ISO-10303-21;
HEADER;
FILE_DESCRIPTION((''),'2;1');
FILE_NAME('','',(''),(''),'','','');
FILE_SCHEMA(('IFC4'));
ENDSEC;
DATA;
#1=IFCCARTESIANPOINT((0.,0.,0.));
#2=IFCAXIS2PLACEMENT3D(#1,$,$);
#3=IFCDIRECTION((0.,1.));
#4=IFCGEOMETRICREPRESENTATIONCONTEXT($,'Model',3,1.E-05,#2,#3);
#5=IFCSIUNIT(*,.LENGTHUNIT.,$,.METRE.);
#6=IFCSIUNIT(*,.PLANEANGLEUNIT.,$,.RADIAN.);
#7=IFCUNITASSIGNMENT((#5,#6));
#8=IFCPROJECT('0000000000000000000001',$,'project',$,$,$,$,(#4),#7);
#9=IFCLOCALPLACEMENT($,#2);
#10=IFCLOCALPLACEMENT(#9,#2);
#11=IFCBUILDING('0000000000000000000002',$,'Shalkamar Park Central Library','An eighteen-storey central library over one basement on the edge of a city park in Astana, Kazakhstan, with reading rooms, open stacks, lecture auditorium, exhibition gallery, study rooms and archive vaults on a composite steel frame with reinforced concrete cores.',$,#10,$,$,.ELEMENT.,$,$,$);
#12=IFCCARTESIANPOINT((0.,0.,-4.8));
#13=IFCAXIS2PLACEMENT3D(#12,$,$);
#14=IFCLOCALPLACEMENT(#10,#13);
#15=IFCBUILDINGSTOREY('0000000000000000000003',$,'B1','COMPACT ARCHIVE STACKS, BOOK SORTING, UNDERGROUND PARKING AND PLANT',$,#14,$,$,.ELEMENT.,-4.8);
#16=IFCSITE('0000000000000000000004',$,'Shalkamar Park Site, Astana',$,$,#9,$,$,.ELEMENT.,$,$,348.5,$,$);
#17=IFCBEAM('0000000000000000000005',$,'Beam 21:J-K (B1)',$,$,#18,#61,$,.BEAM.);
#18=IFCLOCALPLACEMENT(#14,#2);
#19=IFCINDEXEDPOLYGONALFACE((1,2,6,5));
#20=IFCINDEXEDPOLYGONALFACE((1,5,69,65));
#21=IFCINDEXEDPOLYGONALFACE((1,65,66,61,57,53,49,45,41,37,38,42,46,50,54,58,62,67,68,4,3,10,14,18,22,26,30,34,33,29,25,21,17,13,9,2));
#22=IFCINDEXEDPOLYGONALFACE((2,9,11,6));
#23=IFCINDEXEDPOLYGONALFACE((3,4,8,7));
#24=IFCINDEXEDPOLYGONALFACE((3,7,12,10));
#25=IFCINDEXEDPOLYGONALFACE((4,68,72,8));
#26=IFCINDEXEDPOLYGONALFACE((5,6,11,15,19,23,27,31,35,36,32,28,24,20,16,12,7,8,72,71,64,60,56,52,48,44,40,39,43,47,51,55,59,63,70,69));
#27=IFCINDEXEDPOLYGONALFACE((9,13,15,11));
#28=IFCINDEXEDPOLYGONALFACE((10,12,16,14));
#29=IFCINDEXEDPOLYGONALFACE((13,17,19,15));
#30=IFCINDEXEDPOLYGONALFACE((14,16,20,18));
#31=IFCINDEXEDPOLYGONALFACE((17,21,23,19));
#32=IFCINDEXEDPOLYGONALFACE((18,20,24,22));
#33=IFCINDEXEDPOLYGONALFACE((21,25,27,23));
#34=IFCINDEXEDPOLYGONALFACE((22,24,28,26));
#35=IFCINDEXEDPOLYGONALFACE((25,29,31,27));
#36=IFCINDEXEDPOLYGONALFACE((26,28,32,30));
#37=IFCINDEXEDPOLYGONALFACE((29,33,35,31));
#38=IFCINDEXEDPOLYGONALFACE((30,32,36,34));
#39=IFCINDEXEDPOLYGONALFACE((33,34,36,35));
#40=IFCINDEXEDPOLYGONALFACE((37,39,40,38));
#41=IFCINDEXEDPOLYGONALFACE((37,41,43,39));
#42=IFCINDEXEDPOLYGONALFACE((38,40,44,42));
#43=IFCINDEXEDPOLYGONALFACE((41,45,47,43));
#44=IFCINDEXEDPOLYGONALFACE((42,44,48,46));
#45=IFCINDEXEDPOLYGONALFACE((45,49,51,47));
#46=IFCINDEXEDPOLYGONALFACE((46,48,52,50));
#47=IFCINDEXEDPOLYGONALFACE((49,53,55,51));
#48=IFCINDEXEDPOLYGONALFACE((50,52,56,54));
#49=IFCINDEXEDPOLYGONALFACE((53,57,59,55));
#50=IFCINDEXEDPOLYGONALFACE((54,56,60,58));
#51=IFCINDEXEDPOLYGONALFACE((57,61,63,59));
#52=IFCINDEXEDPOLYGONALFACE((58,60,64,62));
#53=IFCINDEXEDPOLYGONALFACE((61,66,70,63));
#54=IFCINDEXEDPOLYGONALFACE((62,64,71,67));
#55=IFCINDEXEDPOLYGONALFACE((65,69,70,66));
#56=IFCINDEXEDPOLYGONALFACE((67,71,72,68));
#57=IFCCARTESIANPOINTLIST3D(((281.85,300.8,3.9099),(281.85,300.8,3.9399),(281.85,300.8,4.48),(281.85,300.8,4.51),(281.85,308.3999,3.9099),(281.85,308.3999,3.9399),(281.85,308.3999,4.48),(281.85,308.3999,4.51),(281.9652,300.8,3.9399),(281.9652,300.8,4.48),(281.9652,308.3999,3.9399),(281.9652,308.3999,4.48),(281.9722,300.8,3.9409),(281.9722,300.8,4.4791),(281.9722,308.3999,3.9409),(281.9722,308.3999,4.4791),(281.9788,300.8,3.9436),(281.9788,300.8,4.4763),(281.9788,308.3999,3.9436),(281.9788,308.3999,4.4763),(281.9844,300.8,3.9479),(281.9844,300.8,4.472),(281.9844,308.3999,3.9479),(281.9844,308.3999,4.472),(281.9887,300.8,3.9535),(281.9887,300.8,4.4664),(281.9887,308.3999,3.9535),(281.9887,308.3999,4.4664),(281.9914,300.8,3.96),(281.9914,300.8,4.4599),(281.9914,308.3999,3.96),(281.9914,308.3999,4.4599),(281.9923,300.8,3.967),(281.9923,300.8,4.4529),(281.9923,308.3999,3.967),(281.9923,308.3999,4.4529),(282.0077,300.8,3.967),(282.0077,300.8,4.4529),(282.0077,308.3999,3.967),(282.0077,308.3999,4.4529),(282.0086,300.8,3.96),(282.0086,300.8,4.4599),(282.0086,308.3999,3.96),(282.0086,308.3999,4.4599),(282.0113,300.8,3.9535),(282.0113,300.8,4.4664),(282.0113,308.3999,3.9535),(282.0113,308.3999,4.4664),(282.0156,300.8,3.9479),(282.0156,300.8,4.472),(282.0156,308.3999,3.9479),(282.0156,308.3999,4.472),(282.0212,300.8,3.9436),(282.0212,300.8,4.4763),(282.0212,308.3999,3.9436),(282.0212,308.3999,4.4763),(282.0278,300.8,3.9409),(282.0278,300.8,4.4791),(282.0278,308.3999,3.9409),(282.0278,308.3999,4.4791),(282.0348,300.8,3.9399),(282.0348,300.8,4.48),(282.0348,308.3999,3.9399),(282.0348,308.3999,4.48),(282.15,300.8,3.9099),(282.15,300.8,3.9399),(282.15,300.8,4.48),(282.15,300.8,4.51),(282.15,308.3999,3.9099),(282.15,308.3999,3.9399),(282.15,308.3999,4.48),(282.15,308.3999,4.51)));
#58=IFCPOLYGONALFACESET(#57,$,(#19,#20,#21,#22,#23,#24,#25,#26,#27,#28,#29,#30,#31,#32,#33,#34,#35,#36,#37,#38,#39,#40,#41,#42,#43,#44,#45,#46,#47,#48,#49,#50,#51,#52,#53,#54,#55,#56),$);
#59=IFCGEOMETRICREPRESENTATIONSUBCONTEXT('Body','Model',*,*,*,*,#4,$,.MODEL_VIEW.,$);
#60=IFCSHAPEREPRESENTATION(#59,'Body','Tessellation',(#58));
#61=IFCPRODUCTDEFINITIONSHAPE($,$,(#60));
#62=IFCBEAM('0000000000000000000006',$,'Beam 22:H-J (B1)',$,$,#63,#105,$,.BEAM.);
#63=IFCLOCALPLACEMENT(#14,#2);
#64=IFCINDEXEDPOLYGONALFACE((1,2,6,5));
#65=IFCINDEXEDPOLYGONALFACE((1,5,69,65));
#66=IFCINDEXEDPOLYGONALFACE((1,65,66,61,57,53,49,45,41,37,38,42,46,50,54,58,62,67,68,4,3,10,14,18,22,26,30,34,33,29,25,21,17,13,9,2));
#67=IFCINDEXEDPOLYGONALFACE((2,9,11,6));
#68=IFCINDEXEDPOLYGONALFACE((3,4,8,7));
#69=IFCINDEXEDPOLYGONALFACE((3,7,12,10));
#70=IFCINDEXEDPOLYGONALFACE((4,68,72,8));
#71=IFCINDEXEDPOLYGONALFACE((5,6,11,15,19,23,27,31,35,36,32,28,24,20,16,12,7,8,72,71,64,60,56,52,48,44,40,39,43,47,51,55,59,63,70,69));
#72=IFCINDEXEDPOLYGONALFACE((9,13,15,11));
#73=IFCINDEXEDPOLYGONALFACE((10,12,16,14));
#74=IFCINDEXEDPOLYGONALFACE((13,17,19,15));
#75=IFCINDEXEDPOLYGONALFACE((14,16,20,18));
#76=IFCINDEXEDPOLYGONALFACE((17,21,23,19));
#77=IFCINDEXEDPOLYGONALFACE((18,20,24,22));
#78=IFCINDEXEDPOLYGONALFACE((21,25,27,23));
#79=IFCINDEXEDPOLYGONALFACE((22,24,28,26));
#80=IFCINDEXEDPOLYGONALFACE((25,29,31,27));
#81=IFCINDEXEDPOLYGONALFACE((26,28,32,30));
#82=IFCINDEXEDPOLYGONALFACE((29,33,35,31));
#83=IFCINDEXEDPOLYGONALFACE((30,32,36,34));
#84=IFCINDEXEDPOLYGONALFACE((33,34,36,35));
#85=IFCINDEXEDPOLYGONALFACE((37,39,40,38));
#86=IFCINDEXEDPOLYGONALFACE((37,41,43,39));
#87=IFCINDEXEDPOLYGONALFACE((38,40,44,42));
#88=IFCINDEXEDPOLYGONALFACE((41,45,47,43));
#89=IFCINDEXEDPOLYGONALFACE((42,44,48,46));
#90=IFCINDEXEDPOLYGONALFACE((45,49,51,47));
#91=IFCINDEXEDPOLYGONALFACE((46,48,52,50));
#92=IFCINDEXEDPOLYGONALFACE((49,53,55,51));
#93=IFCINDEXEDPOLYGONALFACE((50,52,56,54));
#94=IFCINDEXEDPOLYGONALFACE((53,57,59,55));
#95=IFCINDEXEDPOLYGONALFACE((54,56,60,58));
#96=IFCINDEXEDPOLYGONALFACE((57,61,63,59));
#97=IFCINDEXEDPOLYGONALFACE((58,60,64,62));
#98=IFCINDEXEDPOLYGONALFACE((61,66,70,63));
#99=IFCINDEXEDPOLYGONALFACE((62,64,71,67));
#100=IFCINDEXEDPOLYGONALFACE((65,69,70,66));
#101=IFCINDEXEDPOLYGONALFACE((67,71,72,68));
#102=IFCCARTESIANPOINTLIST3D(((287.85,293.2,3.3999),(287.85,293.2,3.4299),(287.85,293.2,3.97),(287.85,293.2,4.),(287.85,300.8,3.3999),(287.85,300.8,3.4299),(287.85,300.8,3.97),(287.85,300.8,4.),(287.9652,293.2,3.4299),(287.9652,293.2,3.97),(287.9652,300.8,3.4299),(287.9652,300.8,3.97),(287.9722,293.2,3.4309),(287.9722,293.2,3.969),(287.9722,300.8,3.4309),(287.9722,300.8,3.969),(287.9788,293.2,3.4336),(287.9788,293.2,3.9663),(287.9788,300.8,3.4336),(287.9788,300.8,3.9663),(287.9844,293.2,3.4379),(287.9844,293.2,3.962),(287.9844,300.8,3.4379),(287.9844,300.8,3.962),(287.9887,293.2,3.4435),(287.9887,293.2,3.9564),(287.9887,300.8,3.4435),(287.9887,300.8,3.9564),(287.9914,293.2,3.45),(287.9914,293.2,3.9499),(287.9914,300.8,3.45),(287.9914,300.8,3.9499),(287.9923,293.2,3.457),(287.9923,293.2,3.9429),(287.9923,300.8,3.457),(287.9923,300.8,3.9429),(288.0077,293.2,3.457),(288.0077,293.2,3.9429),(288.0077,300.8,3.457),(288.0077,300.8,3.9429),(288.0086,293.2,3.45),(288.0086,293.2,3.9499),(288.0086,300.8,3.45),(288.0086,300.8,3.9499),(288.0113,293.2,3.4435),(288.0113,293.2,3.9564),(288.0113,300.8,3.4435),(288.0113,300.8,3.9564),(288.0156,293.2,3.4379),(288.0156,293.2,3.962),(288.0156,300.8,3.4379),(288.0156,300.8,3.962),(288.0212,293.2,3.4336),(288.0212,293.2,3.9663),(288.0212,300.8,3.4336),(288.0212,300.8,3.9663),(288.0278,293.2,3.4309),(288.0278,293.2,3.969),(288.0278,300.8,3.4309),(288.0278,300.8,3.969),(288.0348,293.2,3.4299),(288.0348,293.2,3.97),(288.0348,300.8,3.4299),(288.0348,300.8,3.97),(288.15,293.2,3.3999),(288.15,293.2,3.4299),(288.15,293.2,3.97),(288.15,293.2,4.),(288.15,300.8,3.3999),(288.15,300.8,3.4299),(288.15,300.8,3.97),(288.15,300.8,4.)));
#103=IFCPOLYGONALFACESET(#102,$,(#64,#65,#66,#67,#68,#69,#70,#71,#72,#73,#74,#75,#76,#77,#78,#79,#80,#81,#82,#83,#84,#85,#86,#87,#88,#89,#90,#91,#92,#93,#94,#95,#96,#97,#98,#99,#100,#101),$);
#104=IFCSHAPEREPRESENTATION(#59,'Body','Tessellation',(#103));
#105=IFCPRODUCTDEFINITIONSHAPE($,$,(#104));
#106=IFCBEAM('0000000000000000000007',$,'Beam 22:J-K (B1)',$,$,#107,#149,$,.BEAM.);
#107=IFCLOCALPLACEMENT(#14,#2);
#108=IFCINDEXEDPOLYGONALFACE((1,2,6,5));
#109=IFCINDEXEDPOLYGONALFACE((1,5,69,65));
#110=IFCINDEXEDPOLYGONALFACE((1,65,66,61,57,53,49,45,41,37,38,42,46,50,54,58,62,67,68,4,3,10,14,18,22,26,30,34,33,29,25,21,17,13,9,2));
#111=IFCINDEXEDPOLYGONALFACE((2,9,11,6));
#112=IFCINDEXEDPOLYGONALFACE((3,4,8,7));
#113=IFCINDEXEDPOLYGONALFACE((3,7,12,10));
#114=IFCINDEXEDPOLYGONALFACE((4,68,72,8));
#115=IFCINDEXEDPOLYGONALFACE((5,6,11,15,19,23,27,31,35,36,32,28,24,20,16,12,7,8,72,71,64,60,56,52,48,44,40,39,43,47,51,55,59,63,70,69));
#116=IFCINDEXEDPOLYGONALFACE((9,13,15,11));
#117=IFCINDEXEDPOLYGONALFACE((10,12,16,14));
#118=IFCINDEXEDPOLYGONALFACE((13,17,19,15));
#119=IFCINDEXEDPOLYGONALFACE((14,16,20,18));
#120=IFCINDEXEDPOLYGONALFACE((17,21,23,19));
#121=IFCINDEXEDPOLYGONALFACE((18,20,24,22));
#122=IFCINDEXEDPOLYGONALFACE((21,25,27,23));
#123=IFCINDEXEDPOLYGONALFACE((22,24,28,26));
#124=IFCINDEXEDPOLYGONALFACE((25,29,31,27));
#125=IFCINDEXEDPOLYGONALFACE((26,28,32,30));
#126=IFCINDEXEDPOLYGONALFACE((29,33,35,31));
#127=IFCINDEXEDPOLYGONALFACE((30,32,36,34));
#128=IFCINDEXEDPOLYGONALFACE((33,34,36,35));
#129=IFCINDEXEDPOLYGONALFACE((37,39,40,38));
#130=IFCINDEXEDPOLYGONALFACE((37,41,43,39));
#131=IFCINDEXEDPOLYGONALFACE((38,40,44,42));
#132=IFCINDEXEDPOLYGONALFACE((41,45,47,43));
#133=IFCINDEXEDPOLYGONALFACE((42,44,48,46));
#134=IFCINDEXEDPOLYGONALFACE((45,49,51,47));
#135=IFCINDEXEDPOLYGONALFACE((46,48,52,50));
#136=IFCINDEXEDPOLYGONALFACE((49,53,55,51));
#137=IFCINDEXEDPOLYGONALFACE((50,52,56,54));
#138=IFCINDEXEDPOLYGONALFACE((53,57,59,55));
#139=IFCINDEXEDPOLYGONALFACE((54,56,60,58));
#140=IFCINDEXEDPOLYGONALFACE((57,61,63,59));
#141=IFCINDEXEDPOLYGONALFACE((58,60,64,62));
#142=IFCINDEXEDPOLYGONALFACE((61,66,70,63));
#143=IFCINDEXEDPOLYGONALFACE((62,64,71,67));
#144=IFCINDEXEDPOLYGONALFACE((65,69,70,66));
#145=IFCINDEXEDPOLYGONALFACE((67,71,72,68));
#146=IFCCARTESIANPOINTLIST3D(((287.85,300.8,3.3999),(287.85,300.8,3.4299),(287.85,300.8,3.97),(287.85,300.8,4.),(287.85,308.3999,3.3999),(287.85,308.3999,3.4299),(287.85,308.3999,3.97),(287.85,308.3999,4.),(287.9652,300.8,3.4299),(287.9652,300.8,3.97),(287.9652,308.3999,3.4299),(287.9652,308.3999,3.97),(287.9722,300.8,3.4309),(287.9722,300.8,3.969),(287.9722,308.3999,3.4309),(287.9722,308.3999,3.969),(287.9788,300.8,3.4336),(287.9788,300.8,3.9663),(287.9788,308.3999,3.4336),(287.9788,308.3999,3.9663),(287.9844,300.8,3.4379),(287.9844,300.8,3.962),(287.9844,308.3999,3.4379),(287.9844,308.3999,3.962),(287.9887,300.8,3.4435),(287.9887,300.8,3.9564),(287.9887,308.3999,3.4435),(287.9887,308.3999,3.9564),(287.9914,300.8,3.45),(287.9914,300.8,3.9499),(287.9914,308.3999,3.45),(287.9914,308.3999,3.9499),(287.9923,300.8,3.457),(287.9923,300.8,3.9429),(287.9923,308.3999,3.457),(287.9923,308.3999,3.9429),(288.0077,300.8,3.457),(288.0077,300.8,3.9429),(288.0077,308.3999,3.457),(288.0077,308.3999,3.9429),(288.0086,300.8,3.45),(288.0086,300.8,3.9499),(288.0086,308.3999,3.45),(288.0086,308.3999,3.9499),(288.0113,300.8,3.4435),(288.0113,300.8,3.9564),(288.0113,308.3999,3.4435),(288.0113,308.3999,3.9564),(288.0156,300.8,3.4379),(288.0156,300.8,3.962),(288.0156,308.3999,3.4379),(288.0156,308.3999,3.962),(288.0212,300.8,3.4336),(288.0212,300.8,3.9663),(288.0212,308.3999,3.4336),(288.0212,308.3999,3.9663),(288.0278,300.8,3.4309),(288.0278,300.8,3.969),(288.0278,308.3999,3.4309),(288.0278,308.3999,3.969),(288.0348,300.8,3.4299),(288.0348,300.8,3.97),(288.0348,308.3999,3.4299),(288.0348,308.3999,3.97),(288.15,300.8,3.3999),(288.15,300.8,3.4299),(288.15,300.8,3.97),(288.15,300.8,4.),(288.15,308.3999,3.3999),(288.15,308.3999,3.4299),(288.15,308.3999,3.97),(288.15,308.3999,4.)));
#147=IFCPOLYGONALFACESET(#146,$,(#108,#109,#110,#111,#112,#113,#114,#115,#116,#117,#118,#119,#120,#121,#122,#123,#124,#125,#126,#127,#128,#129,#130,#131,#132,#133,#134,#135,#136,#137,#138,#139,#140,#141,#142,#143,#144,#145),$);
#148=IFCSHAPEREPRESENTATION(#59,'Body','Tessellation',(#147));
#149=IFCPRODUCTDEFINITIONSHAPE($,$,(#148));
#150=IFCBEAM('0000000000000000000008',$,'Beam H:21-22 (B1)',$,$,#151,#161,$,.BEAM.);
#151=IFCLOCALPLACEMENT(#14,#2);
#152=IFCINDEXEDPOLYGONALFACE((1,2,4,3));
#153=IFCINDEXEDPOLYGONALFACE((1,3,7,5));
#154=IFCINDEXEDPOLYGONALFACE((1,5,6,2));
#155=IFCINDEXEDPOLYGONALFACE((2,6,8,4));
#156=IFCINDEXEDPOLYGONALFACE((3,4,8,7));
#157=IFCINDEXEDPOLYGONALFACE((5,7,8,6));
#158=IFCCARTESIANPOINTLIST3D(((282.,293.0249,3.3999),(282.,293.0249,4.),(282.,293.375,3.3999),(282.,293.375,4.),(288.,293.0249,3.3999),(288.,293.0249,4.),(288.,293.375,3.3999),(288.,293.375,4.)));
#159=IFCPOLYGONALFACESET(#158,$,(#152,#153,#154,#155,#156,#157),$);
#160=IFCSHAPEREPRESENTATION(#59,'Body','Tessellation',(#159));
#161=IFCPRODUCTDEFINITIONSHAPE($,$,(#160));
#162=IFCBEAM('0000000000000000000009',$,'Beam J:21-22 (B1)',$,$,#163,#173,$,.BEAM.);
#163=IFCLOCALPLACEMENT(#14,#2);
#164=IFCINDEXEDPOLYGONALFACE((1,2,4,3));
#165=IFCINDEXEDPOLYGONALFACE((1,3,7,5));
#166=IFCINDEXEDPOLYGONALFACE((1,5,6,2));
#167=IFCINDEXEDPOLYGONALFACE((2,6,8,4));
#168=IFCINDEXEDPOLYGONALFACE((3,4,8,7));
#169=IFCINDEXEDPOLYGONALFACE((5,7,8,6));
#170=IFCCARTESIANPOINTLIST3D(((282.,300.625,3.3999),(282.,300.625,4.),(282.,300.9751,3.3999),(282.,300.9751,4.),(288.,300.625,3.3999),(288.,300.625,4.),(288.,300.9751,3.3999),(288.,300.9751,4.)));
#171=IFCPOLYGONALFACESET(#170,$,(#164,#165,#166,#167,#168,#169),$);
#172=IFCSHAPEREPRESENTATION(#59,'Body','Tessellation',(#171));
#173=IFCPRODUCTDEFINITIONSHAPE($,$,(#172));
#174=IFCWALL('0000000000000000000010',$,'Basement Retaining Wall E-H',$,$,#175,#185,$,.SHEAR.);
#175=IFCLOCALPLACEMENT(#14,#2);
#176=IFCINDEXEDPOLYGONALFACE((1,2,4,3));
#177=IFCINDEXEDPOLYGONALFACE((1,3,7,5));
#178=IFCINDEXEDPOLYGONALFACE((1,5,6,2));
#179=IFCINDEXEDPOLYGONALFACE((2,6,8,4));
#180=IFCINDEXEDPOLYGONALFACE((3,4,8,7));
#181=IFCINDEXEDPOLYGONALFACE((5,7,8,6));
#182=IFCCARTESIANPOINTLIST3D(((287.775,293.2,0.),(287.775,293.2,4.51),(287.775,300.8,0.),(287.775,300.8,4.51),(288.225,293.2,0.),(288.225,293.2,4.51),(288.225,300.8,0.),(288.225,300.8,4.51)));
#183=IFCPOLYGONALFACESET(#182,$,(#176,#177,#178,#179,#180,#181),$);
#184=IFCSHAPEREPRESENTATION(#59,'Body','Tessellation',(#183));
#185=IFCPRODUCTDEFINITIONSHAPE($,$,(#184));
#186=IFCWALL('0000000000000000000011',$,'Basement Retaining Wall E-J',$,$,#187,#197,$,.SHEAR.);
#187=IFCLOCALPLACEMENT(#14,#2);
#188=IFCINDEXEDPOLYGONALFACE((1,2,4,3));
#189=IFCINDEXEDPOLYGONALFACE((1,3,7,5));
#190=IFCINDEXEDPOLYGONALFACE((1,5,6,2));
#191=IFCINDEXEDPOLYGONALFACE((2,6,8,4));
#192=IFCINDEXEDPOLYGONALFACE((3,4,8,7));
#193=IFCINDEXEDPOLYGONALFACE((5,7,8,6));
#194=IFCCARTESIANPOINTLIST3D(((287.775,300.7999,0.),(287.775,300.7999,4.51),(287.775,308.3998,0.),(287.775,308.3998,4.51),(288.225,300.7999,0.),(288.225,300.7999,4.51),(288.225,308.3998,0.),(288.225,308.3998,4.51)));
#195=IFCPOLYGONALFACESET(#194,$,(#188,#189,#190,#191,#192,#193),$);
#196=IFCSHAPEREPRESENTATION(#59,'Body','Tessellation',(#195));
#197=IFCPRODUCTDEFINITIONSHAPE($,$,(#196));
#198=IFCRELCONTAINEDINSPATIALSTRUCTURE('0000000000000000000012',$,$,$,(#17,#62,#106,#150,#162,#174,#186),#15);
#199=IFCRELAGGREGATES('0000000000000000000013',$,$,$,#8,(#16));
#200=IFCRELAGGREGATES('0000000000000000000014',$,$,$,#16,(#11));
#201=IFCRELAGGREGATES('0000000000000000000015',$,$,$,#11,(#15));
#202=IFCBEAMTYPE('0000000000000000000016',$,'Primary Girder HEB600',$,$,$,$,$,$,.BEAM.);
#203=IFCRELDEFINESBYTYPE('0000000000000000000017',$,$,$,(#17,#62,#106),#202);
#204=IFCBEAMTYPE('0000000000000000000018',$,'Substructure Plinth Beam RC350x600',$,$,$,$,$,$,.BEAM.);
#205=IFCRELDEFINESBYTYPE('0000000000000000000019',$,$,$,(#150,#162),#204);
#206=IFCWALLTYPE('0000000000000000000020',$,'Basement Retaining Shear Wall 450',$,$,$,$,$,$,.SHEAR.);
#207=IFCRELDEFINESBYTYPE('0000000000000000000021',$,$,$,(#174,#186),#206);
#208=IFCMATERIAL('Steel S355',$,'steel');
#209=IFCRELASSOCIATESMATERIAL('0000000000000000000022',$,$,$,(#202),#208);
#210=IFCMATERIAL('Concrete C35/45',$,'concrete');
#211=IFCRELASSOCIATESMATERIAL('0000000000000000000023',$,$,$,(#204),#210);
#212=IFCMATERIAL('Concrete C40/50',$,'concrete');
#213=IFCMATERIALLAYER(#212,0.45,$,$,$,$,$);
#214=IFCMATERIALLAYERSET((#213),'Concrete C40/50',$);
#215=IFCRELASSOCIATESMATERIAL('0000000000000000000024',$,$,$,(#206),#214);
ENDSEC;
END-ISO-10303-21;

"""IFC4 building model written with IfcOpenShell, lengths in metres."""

from ifc_helpers import new_model, si_unit, direction, frame, frame_2d, origin, origin_2d, place, context, subcontext, project, spatial, rectangle, i_section, extrude, material, layer, layer_set, material_profile, profile_set, type_object, element, save


model = new_model("IFC4")

# Units and contexts
model_context = context("Model", 3, precision=1e-05, world=origin(), true_north=direction((0.0, 1.0)))
body_context = subcontext(model_context, "Body", "Model", "MODEL_VIEW")
ifc_project = project(units=[si_unit("LENGTHUNIT", "METRE"), si_unit("PLANEANGLEUNIT", "RADIAN")], contexts=[model_context])

# Site, building, storey
site_placement = place(None, origin())
site = spatial("IfcSite", under=ifc_project, at=site_placement, Name="Shalkamar Park Site, Astana", CompositionType="ELEMENT", RefElevation=348.5)
building_placement = place(site_placement, origin())
building = spatial("IfcBuilding", under=site, at=building_placement, Name="Shalkamar Park Central Library", Description="An eighteen-storey central library over one basement on the edge of a city park in Astana, Kazakhstan, with reading rooms, open stacks, lecture auditorium, exhibition gallery, study rooms and archive vaults on a composite steel frame with reinforced concrete cores.", CompositionType="ELEMENT")
storey_placement = place(building_placement, frame((0.0, 0.0, -4.8)))
storey = spatial("IfcBuildingStorey", under=building, at=storey_placement, Name="B1", Description="COMPACT ARCHIVE STACKS, BOOK SORTING, UNDERGROUND PARKING AND PLANT", CompositionType="ELEMENT", Elevation=-4.8)

# Shared definitions
ifc_material_1 = material(Name="Concrete C35/45", Category="concrete")

# Shared definitions
ifc_material_2 = material(Name="Concrete C40/50", Category="concrete")
ifc_material_3 = material(Name="Steel S355", Category="steel")

# Beams
ifc_material_profile_1 = material_profile(ifc_material_3, i_section(OverallWidth=0.3, OverallDepth=0.6001, WebThickness=0.0154, FlangeThickness=0.03, FilletRadius=0.0271, at=origin_2d()), Name="HEB 600")
ifc_profile_set_1 = profile_set([ifc_material_profile_1], Name="Steel S355")
beam_type_1 = type_object("IfcBeamType", Name="Primary Girder HEB600", PredefinedType="BEAM", material=ifc_profile_set_1)
beam_1_placement = place(storey_placement, frame((282.0, 300.8, 4.21), z_axis=(0.0, 1.0, 0.0), x_axis=(-1.0, 0.0, 0.0)))
element("IfcBeam", 1, at=beam_1_placement, inside=storey, type_object=beam_type_1, Name="Beam 21:J-K (B1)", PredefinedType="BEAM", context=body_context, shape_type="SweptSolid", body=[
    extrude(i_section(OverallWidth=0.3, OverallDepth=0.6001, WebThickness=0.0154, FlangeThickness=0.03, FilletRadius=0.0271, at=origin_2d()), origin(), (0.0, 0.0, 1.0), 7.5999),
])
beam_2_placement = place(storey_placement, frame((288.0, 293.2, 3.7), z_axis=(0.0, 1.0, 0.0), x_axis=(-1.0, 0.0, 0.0)))
element("IfcBeam", 2, at=beam_2_placement, inside=storey, type_object=beam_type_1, Name="Beam 22:H-J (B1)", PredefinedType="BEAM", context=body_context, shape_type="SweptSolid", body=[
    extrude(i_section(OverallWidth=0.3, OverallDepth=0.6001, WebThickness=0.0154, FlangeThickness=0.03, FilletRadius=0.0271, at=origin_2d()), origin(), (0.0, 0.0, 1.0), 7.6001),
])
beam_3_placement = place(storey_placement, frame((288.0, 300.8, 3.7), z_axis=(0.0, 1.0, 0.0), x_axis=(-1.0, 0.0, 0.0)))
element("IfcBeam", 3, at=beam_3_placement, inside=storey, type_object=beam_type_1, Name="Beam 22:J-K (B1)", PredefinedType="BEAM", context=body_context, shape_type="SweptSolid", body=[
    extrude(i_section(OverallWidth=0.3, OverallDepth=0.6001, WebThickness=0.0154, FlangeThickness=0.03, FilletRadius=0.0271, at=origin_2d()), origin(), (0.0, 0.0, 1.0), 7.5999),
])
ifc_material_profile_2 = material_profile(ifc_material_1, rectangle(XDim=0.3501, YDim=0.6001, at=origin_2d()), Name="RC 350x600")
ifc_profile_set_2 = profile_set([ifc_material_profile_2], Name="Concrete C35/45")
beam_type_2 = type_object("IfcBeamType", Name="Substructure Plinth Beam RC350x600", PredefinedType="BEAM", material=ifc_profile_set_2)
for number, where, z_axis, x_axis, name in (
    (4, (282.0, 293.2, 3.7), (1.0, 0.0, 0.0), (0.0, 1.0, 0.0), "Beam H:21-22 (B1)"),
    (5, (282.0, 300.8, 3.7), (1.0, 0.0, 0.0), (0.0, 1.0, 0.0), "Beam J:21-22 (B1)"),
):
    element("IfcBeam", number, at=place(storey_placement, frame(where, z_axis=z_axis, x_axis=x_axis)), inside=storey, type_object=beam_type_2, Name=name, PredefinedType="BEAM", context=body_context, shape_type="SweptSolid", body=[
        extrude(rectangle(XDim=0.3501, YDim=0.6001, at=origin_2d()), origin(), (0.0, 0.0, 1.0), 6.0),
    ])

# Walls
ifc_layer = layer(ifc_material_2, 0.45)
ifc_layer_set = layer_set([ifc_layer], Name="Concrete C40/50")
wall_type = type_object("IfcWallType", Name="Basement Retaining Shear Wall 450", PredefinedType="SHEAR", material=ifc_layer_set)
wall_1_placement = place(storey_placement, frame((288.0, 293.2, 0.0), z_axis=(0.0, 0.0, 1.0), x_axis=(0.0, 1.0, 0.0)))
element("IfcWall", 6, at=wall_1_placement, inside=storey, type_object=wall_type, Name="Basement Retaining Wall E-H", PredefinedType="SHEAR", context=body_context, shape_type="SweptSolid", body=[
    extrude(rectangle(XDim=7.6001, YDim=0.45, at=frame_2d((3.8, 0.0))), origin(), (0.0, 0.0, 1.0), 4.51),
])
wall_2_placement = place(storey_placement, frame((288.0, 300.8, 0.0), z_axis=(0.0, 0.0, 1.0), x_axis=(0.0, 1.0, 0.0)))
element("IfcWall", 7, at=wall_2_placement, inside=storey, type_object=wall_type, Name="Basement Retaining Wall E-J", PredefinedType="SHEAR", context=body_context, shape_type="SweptSolid", body=[
    extrude(rectangle(XDim=7.5999, YDim=0.45, at=frame_2d((3.7998, 0.0))), origin(), (0.0, 0.0, 1.0), 4.51),
])

save(model, "model.ifc")
